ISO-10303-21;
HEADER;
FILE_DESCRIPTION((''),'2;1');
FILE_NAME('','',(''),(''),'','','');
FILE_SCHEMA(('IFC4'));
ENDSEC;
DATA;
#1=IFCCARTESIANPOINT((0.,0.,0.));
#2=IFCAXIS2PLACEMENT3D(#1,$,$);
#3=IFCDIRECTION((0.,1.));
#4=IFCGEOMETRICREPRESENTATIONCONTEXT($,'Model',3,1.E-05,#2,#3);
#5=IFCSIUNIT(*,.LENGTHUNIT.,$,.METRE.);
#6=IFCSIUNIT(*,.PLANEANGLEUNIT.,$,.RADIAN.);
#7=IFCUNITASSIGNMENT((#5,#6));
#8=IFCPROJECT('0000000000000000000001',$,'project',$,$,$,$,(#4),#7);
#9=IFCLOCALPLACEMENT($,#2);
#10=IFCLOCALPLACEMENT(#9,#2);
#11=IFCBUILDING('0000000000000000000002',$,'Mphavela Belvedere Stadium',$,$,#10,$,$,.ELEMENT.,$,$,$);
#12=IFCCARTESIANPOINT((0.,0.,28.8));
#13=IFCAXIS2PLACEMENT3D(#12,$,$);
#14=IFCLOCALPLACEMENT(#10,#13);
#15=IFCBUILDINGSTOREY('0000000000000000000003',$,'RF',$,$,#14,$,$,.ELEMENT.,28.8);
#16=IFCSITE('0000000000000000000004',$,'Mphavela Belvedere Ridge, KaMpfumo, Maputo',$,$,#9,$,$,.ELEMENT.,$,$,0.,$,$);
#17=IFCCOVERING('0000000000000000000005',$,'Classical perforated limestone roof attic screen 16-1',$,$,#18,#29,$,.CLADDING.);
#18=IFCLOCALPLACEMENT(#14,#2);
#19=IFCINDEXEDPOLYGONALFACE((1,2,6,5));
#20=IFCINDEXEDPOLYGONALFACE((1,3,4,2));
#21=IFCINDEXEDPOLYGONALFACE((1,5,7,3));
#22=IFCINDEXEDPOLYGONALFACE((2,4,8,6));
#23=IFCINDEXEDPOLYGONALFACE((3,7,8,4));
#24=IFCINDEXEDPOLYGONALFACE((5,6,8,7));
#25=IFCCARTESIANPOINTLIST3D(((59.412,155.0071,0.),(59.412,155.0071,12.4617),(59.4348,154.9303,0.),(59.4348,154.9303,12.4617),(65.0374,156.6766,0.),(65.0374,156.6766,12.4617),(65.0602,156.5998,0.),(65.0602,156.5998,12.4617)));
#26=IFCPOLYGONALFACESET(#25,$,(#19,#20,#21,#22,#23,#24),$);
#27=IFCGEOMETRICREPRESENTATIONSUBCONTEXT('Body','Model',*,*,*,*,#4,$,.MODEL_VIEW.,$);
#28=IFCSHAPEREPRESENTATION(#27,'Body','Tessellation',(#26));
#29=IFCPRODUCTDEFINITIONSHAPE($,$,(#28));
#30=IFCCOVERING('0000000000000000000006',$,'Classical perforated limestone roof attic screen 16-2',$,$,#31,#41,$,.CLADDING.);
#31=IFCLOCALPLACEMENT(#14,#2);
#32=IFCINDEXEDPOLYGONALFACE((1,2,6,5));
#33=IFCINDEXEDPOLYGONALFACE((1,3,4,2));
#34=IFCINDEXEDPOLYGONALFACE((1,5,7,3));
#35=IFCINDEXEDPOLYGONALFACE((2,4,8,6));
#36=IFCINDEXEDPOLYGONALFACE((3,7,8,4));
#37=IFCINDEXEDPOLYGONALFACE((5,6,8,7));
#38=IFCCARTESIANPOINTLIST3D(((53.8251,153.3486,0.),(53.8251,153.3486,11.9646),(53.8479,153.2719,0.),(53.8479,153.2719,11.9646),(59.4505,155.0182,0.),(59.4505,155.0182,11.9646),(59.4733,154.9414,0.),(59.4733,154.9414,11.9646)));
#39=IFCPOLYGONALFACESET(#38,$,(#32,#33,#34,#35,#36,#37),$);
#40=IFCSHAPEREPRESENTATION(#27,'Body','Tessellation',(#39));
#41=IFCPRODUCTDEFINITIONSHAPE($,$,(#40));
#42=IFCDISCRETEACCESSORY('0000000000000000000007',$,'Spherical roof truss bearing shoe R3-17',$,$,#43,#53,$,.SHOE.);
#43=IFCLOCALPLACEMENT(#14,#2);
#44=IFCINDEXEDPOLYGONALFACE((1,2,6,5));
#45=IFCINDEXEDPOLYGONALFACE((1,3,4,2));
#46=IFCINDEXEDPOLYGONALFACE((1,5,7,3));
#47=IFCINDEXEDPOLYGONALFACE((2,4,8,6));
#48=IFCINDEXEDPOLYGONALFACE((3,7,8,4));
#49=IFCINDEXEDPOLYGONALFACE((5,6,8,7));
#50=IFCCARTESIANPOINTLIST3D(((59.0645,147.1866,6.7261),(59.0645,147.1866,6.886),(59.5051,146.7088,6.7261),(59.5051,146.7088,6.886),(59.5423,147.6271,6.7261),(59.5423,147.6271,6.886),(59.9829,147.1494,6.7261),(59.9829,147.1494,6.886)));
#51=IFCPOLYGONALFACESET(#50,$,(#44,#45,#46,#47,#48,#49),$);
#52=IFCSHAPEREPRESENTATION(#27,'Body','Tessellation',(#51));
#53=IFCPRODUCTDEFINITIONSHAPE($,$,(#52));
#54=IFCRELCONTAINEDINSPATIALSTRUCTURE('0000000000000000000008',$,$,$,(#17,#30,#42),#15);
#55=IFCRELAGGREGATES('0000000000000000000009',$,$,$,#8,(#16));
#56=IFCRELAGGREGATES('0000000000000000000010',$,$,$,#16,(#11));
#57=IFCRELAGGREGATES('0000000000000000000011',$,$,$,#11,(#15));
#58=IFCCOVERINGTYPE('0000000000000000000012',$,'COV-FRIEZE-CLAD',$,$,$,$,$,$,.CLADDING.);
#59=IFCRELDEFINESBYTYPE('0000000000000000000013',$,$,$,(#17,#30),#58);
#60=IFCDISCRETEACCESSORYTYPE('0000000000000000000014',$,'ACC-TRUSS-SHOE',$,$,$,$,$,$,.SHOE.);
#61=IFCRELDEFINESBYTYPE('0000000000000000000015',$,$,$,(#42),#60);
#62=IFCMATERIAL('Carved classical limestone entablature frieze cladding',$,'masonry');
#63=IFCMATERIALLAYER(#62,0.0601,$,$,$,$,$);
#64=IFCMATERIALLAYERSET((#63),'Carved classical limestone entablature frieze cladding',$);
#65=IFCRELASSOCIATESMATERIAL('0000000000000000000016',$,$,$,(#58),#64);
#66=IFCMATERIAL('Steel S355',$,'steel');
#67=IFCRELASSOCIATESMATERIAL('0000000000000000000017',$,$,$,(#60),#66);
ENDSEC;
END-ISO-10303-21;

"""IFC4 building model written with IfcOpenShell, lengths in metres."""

from ifc_helpers import new_model, si_unit, direction, frame, origin, origin_2d, place, context, subcontext, project, spatial, rectangle, extrude, material, layer, layer_set, type_object, element, save


model = new_model("IFC4")

# Units and contexts
model_context = context("Model", 3, precision=1e-05, world=origin(), true_north=direction((0.0, 1.0)))
body_context = subcontext(model_context, "Body", "Model", "MODEL_VIEW")
ifc_project = project(units=[si_unit("LENGTHUNIT", "METRE"), si_unit("PLANEANGLEUNIT", "RADIAN")], contexts=[model_context])

# Site, building, storey
site_placement = place(None, origin())
site = spatial("IfcSite", under=ifc_project, at=site_placement, Name="Mphavela Belvedere Ridge, KaMpfumo, Maputo", CompositionType="ELEMENT", RefElevation=0.0)
building_placement = place(site_placement, origin())
building = spatial("IfcBuilding", under=site, at=building_placement, Name="Mphavela Belvedere Stadium", CompositionType="ELEMENT")
storey_placement = place(building_placement, frame((0.0, 0.0, 28.8)))
storey = spatial("IfcBuildingStorey", under=building, at=storey_placement, Name="RF", CompositionType="ELEMENT", Elevation=28.8)

# Coverings
ifc_material_1 = material(Name="Carved classical limestone entablature frieze cladding", Category="masonry")
ifc_layer_1 = layer(ifc_material_1, 0.0601)
ifc_layer_set_1 = layer_set([ifc_layer_1], Name="Carved classical limestone entablature frieze cladding")
covering_type = type_object("IfcCoveringType", Name="COV-FRIEZE-CLAD", PredefinedType="CLADDING", material=ifc_layer_set_1)
covering_1_placement = place(storey_placement, frame((62.2361, 155.8035, 0.0), z_axis=(0.0, 0.0, 1.0), x_axis=(-0.958671, -0.284517, 0.0)))
element("IfcCovering", 1, at=covering_1_placement, inside=storey, type_object=covering_type, Name="Classical perforated limestone roof attic screen 16-1", PredefinedType="CLADDING", context=body_context, shape_type="SweptSolid", body=[
    extrude(rectangle(XDim=5.8679, YDim=0.0801, at=origin_2d()), origin(), (0.0, 0.0, 1.0), 12.4617),
])
covering_2_placement = place(storey_placement, frame((56.6492, 154.145, 0.0), z_axis=(0.0, 0.0, 1.0), x_axis=(-0.958671, -0.284517, 0.0)))
element("IfcCovering", 2, at=covering_2_placement, inside=storey, type_object=covering_type, Name="Classical perforated limestone roof attic screen 16-2", PredefinedType="CLADDING", context=body_context, shape_type="SweptSolid", body=[
    extrude(rectangle(XDim=5.8679, YDim=0.0801, at=origin_2d()), origin(), (0.0, 0.0, 1.0), 11.9646),
])

# Discrete accessory
ifc_material_2 = material(Name="Steel S355", Category="steel")
discrete_accessory_type = type_object("IfcDiscreteAccessoryType", Name="ACC-TRUSS-SHOE", PredefinedType="SHOE", material=ifc_material_2)
discrete_accessory_placement = place(storey_placement, frame((59.5237, 147.168, 6.7261), z_axis=(0.0, 0.0, 1.0), x_axis=(-0.677903, 0.735151, 0.0)))
element("IfcDiscreteAccessory", 3, at=discrete_accessory_placement, inside=storey, type_object=discrete_accessory_type, Name="Spherical roof truss bearing shoe R3-17", PredefinedType="SHOE", context=body_context, shape_type="SweptSolid", body=[
    extrude(rectangle(XDim=0.6499, YDim=0.6499, at=origin_2d()), origin(), (0.0, 0.0, 1.0), 0.1599),
])

save(model, "model.ifc")
